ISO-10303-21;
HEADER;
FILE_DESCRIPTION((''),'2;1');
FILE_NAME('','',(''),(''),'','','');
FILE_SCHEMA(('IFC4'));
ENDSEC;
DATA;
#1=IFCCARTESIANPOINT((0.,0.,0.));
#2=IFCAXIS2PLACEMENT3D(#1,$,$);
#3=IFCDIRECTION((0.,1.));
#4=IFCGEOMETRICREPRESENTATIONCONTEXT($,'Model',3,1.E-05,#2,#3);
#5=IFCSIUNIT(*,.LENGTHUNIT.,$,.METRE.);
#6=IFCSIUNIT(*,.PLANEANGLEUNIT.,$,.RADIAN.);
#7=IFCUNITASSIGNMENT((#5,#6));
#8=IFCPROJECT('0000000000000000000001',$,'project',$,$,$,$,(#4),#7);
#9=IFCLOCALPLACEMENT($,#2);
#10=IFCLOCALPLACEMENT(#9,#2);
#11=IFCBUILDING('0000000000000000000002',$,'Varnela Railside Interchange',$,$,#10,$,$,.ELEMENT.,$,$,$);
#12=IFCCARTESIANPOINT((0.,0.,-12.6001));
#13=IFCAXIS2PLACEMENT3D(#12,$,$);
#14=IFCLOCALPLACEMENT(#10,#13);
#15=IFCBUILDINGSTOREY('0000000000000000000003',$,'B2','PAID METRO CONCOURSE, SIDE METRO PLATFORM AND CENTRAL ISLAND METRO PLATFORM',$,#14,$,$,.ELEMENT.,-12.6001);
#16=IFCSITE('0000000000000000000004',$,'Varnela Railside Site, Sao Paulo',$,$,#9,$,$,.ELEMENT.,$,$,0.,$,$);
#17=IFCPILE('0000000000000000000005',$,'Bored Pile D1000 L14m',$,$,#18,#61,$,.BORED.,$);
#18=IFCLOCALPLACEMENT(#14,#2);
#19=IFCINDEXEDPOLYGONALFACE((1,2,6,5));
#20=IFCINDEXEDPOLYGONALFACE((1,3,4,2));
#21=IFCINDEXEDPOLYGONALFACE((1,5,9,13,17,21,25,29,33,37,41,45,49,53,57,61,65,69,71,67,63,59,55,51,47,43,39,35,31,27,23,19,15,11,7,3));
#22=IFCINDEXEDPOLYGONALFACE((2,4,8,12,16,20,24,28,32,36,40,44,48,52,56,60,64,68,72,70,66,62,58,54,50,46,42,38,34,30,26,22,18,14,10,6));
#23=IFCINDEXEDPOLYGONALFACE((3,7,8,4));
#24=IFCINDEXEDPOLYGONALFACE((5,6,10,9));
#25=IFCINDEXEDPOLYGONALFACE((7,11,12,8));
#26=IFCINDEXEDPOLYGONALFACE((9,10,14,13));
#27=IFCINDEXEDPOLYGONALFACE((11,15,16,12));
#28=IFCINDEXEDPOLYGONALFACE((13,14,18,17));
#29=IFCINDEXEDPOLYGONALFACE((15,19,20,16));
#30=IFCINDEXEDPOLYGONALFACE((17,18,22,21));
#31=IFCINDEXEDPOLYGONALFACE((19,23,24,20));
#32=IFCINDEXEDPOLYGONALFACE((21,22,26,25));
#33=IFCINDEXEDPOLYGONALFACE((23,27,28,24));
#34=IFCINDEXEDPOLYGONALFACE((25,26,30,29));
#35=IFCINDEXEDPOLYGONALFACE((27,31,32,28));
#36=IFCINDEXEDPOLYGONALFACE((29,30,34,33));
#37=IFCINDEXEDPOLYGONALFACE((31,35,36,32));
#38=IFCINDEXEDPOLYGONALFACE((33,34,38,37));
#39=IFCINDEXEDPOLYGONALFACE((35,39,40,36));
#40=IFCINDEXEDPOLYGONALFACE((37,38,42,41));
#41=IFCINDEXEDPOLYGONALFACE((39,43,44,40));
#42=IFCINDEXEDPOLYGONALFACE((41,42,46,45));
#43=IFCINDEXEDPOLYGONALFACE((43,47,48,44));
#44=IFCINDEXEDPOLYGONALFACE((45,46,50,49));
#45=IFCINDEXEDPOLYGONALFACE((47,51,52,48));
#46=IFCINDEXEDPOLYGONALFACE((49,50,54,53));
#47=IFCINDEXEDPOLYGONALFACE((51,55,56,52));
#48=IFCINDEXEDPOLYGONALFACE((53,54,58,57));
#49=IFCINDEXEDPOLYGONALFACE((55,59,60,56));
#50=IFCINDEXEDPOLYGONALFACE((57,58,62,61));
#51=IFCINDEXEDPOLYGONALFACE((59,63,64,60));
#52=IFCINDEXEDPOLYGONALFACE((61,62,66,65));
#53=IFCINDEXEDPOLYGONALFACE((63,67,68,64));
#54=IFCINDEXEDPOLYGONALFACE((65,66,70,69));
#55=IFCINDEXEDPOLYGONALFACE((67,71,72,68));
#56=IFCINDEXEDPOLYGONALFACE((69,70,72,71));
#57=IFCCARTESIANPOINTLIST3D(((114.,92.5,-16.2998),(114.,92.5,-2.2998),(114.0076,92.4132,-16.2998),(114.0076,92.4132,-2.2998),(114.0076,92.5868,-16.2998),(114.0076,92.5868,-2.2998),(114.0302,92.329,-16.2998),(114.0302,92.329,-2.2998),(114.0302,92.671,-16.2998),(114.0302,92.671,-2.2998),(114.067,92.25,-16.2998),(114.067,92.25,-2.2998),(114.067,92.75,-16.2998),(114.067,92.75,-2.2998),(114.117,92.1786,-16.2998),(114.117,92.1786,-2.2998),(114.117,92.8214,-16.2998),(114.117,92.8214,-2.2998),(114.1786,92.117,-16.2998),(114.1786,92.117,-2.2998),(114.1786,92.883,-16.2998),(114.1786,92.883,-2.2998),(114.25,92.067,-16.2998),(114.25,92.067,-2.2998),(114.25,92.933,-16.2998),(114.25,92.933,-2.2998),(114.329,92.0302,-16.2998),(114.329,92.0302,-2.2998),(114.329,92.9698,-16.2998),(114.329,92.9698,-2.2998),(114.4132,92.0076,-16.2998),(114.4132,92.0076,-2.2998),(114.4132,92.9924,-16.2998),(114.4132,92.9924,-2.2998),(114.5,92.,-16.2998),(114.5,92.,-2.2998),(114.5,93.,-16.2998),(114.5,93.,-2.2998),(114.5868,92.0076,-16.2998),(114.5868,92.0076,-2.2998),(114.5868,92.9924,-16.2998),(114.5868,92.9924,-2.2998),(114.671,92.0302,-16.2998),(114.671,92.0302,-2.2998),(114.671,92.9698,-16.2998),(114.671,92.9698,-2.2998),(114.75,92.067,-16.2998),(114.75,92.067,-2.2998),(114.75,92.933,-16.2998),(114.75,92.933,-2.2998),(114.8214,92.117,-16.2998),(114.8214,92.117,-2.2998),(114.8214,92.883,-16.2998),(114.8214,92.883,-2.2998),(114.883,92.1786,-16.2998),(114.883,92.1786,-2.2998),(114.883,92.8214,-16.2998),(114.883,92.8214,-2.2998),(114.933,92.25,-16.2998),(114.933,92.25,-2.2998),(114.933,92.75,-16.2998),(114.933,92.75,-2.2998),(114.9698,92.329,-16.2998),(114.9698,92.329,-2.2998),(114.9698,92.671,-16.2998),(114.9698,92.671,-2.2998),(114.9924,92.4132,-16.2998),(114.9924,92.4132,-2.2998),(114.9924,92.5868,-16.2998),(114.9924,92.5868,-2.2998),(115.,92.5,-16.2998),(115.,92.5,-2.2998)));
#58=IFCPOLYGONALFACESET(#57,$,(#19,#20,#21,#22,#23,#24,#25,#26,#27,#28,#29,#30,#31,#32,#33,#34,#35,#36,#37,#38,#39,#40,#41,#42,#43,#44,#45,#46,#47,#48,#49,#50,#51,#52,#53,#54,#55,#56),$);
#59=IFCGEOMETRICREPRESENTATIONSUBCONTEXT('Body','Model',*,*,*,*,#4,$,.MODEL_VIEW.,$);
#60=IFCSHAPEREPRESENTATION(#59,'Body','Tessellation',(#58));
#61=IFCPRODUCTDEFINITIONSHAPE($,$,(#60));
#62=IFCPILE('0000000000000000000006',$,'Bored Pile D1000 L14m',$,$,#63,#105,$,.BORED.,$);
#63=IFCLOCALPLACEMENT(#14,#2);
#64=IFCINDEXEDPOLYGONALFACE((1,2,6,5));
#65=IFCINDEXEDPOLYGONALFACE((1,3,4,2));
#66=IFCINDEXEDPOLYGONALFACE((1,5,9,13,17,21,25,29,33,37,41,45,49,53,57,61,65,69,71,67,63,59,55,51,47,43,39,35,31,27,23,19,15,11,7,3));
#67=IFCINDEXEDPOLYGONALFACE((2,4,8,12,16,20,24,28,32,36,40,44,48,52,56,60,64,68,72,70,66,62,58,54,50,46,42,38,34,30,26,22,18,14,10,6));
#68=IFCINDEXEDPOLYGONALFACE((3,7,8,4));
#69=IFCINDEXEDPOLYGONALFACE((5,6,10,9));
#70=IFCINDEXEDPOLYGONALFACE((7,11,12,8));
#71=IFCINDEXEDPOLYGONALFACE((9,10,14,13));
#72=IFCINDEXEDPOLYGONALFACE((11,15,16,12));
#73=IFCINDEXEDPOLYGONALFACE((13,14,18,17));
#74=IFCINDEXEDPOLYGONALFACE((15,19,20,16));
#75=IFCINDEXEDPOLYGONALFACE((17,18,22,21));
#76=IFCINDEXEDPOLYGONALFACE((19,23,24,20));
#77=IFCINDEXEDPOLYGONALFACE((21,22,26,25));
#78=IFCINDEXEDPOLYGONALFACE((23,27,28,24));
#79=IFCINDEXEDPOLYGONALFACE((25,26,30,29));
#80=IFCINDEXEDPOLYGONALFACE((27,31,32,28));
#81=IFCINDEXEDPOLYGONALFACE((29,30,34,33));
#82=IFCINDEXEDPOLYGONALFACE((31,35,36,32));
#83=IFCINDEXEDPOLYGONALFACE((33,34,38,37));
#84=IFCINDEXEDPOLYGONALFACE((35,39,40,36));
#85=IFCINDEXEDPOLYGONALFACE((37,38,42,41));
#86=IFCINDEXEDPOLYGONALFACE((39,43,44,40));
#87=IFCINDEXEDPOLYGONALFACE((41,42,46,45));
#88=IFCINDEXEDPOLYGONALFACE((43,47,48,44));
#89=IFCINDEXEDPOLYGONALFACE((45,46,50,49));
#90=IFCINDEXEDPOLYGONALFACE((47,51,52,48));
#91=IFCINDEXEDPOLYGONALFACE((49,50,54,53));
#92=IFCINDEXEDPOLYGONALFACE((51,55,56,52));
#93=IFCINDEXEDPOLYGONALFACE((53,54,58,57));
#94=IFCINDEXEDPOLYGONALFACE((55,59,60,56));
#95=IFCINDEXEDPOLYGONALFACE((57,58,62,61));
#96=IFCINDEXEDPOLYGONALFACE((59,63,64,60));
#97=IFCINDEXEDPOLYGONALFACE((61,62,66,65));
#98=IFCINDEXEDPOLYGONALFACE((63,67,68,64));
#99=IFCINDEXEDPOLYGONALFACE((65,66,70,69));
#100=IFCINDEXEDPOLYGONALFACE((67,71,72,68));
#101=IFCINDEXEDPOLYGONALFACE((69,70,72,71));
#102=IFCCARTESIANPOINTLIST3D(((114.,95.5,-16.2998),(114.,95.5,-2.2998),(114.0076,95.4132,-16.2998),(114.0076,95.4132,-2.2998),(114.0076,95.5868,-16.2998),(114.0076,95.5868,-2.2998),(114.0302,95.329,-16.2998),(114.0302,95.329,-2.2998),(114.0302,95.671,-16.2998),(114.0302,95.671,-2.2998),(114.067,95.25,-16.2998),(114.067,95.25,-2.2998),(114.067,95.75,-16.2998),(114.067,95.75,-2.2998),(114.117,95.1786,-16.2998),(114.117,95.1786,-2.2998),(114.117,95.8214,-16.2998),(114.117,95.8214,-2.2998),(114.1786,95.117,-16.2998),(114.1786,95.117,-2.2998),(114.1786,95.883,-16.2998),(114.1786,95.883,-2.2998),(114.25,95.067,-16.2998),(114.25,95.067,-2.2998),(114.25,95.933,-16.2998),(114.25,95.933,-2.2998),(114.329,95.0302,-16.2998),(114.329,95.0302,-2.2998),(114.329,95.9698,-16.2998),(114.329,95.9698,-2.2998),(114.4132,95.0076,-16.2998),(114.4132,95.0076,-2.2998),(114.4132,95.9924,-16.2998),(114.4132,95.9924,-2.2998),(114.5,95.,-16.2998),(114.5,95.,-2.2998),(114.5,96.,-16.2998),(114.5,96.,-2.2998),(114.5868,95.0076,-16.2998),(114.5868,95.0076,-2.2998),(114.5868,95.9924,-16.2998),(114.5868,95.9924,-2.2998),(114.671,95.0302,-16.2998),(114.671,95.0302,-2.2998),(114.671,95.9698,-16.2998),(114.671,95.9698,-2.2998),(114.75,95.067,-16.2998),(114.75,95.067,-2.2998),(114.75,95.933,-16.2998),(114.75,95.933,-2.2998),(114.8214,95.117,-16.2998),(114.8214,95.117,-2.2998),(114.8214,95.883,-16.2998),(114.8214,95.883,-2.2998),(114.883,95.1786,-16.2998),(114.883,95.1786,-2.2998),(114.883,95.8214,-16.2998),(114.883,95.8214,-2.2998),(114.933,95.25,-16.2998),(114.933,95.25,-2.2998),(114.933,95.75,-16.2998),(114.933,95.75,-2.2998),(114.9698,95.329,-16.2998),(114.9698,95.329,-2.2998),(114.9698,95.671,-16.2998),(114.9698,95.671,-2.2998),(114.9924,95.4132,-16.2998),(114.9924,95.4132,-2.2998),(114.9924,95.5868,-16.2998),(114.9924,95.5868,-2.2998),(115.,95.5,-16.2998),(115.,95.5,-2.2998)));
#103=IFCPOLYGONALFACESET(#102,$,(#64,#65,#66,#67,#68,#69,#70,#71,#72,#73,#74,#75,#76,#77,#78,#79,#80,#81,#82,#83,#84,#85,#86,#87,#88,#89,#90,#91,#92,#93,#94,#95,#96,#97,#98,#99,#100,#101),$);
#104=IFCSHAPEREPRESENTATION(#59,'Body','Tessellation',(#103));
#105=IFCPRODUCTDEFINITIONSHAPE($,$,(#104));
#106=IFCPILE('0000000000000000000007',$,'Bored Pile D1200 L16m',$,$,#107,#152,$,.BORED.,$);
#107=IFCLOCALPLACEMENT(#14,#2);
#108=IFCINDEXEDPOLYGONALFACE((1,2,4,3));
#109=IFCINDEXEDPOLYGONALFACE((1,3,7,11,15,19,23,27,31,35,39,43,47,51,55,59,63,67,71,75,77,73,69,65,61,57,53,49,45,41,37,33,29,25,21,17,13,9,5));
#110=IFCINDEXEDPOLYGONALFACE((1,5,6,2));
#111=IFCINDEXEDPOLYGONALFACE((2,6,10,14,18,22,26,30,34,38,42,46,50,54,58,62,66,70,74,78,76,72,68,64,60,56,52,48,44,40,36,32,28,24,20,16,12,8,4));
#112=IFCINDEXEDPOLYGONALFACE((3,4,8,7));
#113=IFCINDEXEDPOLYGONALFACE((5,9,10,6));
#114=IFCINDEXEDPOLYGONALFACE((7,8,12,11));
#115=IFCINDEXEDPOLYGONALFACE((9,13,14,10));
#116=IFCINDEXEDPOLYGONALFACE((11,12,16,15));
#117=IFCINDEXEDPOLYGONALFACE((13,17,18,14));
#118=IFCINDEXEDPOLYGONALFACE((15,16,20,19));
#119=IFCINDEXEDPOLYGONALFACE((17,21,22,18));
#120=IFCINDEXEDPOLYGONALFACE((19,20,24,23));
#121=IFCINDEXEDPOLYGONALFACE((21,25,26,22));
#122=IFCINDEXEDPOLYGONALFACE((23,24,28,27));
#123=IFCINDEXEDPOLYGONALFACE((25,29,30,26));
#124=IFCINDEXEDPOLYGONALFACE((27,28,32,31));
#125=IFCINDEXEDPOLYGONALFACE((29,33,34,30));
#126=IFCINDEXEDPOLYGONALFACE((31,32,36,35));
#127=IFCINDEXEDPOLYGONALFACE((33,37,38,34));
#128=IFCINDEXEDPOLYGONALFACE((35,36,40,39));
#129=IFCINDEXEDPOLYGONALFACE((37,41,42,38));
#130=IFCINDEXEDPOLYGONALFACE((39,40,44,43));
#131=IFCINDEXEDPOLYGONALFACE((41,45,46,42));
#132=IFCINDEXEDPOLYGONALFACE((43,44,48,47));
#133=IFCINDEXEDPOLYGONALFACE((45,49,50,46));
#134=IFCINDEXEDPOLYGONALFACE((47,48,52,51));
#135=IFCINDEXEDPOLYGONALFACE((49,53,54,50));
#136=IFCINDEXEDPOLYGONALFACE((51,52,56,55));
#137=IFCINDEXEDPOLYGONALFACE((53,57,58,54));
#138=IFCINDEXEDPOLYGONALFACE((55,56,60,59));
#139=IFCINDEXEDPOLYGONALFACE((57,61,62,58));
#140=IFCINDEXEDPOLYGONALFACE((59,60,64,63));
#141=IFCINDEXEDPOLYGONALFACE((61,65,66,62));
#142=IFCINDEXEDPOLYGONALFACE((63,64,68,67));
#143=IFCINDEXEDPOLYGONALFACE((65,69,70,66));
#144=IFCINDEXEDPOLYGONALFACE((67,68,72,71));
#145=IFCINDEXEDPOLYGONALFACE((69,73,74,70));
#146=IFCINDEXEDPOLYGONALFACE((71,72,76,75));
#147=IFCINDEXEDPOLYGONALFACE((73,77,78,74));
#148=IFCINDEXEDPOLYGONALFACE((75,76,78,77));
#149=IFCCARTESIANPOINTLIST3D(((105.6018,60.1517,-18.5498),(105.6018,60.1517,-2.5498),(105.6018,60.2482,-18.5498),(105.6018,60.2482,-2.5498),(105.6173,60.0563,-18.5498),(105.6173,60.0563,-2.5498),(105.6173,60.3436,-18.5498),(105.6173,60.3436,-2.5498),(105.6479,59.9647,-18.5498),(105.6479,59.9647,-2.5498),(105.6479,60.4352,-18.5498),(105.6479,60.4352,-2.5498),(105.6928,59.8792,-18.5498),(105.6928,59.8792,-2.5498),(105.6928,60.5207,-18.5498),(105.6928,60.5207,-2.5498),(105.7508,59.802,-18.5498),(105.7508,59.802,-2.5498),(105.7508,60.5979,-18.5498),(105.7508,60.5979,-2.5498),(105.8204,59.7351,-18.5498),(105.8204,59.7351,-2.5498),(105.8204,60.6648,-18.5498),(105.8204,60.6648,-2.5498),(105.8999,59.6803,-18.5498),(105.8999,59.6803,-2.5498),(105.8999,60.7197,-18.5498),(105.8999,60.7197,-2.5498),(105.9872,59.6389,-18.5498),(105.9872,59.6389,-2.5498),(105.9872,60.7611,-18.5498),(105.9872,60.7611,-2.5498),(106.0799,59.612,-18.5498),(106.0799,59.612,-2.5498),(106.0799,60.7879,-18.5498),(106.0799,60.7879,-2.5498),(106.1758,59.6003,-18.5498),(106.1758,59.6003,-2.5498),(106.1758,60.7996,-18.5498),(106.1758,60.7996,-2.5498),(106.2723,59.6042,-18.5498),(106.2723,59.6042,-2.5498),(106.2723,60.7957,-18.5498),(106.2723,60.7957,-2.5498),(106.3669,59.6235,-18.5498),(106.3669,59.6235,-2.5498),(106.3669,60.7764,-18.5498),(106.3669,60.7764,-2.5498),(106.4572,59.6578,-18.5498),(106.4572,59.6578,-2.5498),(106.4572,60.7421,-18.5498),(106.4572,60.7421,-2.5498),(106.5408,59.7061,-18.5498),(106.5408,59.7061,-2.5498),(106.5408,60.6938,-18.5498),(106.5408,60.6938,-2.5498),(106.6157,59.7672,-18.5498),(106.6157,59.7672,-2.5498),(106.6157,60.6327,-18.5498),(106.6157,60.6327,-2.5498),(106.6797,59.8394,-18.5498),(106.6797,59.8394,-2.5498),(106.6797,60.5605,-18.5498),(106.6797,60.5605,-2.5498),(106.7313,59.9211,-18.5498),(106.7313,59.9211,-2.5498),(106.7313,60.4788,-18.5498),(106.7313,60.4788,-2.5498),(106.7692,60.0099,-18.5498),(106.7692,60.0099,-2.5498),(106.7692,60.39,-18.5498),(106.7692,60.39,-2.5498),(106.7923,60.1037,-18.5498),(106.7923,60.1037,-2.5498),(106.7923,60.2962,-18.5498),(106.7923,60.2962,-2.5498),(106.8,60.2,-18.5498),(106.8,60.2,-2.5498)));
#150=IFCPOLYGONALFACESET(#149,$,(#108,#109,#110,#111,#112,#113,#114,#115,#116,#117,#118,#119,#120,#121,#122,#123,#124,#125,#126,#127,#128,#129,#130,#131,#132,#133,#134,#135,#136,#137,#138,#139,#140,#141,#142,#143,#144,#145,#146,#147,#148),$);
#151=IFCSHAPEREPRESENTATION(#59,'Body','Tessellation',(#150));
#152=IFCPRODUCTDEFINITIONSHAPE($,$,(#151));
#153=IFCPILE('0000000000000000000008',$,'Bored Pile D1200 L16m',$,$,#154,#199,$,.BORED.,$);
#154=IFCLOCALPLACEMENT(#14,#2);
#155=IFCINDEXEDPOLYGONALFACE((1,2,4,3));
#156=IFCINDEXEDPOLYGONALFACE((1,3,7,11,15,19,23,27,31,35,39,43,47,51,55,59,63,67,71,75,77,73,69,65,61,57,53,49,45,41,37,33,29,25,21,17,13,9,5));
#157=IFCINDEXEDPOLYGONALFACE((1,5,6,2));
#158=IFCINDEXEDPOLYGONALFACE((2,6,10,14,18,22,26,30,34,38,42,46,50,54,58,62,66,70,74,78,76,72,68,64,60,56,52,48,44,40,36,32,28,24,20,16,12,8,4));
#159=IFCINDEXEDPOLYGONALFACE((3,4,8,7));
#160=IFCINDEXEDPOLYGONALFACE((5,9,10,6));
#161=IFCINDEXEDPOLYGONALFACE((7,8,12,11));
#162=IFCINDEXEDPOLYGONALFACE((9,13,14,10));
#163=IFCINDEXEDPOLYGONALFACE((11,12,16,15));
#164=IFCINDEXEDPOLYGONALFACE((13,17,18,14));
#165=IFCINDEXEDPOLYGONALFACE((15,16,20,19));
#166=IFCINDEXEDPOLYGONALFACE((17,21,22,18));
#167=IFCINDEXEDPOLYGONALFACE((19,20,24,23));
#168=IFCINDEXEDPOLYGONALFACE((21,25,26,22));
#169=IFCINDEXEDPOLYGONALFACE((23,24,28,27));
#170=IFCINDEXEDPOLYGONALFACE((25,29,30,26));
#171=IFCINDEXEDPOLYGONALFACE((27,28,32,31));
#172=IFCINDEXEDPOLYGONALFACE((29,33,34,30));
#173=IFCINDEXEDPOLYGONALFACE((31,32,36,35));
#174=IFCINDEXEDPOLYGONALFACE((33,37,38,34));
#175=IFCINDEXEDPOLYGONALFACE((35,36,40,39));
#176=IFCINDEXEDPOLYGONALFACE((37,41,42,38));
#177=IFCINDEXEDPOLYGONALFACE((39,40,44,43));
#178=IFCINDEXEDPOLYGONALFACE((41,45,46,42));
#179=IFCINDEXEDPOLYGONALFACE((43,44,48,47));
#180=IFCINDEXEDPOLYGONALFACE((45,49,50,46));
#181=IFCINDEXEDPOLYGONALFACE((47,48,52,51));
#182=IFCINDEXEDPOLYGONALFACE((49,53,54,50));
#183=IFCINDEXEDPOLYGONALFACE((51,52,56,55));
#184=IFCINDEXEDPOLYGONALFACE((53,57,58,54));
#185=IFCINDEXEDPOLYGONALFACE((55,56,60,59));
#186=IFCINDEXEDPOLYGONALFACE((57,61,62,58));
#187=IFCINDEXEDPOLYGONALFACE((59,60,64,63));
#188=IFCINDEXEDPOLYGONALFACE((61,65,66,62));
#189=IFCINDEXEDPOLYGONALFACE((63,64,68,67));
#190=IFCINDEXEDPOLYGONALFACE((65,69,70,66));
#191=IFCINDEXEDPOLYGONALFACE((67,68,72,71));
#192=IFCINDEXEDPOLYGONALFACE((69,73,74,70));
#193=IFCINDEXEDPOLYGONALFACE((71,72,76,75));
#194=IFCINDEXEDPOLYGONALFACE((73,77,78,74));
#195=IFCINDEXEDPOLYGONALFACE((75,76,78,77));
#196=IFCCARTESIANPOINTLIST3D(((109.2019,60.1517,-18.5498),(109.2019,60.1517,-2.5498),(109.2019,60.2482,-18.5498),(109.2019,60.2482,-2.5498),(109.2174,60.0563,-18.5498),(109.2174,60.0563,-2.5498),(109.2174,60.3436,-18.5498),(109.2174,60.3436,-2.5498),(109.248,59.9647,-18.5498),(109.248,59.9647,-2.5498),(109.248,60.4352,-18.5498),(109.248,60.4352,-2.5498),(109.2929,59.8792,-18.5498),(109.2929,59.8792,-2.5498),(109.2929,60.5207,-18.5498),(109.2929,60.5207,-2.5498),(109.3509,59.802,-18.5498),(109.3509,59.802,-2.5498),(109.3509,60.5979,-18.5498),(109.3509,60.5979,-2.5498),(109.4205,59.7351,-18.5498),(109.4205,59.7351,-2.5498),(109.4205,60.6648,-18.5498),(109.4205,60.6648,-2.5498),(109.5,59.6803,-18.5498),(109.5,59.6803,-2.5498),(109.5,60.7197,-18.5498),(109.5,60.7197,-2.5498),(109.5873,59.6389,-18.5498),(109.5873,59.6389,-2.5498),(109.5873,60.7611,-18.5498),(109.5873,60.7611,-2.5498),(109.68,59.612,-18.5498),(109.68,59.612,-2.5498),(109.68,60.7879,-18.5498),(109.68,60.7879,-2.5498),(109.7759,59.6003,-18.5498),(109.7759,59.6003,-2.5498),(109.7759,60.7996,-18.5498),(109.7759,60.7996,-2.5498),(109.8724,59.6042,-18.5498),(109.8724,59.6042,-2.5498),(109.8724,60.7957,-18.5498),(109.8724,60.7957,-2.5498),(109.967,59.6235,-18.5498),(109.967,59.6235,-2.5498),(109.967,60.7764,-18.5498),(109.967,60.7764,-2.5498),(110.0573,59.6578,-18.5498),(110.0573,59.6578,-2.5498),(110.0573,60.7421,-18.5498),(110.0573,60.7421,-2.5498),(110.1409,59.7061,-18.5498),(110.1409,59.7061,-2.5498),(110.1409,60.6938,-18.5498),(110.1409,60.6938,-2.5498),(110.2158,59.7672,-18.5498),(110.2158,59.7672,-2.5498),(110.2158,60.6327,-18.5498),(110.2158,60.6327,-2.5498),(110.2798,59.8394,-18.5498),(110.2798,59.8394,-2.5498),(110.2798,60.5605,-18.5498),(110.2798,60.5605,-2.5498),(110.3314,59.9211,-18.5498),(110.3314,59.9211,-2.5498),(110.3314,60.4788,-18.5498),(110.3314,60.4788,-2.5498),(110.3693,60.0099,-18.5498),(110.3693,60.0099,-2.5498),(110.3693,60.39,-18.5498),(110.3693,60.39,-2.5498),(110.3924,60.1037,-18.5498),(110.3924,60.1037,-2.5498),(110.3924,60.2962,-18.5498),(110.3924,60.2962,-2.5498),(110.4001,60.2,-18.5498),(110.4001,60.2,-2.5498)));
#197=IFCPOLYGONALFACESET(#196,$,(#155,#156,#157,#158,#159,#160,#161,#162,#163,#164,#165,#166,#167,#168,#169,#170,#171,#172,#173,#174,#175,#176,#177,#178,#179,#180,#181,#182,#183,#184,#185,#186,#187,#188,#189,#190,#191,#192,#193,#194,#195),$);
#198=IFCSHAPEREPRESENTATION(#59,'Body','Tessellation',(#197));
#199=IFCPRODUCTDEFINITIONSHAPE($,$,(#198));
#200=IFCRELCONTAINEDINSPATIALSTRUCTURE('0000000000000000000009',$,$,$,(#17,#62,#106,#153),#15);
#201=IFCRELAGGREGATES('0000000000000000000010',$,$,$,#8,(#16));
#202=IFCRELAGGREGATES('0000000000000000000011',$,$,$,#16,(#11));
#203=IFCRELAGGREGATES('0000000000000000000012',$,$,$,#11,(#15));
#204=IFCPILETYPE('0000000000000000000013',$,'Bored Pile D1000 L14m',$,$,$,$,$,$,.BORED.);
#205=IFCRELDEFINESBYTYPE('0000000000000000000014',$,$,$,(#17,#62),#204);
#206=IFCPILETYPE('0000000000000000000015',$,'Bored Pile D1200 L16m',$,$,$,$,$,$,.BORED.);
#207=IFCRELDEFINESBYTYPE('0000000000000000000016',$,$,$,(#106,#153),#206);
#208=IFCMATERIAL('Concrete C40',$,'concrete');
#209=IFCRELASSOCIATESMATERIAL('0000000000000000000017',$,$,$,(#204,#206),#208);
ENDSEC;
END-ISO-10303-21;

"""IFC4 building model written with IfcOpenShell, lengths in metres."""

from ifc_helpers import new_model, si_unit, direction, frame, origin, origin_2d, place, context, subcontext, project, spatial, circle, extrude, material, material_profile, profile_set, type_object, element, save


model = new_model("IFC4")

# Units and contexts
model_context = context("Model", 3, precision=1e-05, world=origin(), true_north=direction((0.0, 1.0)))
body_context = subcontext(model_context, "Body", "Model", "MODEL_VIEW")
ifc_project = project(units=[si_unit("LENGTHUNIT", "METRE"), si_unit("PLANEANGLEUNIT", "RADIAN")], contexts=[model_context])

# Site, building, storey
site_placement = place(None, origin())
site = spatial("IfcSite", under=ifc_project, at=site_placement, Name="Varnela Railside Site, Sao Paulo", CompositionType="ELEMENT", RefElevation=0.0)
building_placement = place(site_placement, origin())
building = spatial("IfcBuilding", under=site, at=building_placement, Name="Varnela Railside Interchange", CompositionType="ELEMENT")
storey_placement = place(building_placement, frame((0.0, 0.0, -12.6001)))
storey = spatial("IfcBuildingStorey", under=building, at=storey_placement, Name="B2", Description="PAID METRO CONCOURSE, SIDE METRO PLATFORM AND CENTRAL ISLAND METRO PLATFORM", CompositionType="ELEMENT", Elevation=-12.6001)

# Piles
ifc_material_1 = material(Name="Concrete C40", Category="concrete")
ifc_material_profile_1 = material_profile(ifc_material_1, circle(Radius=0.5, at=origin_2d()), Name="BORED PILE D1000")
ifc_profile_set_1 = profile_set([ifc_material_profile_1], Name="Concrete C40")
pile_type_1 = type_object("IfcPileType", Name="Bored Pile D1000 L14m", PredefinedType="BORED", material=ifc_profile_set_1)
for number, where, z_axis, x_axis, name in (
    (1, (114.5, 92.5, -2.2998), (0.0, 0.0, -1.0), (1.0, 0.0, 0.0), "Bored Pile D1000 L14m"),
    (2, (114.5, 95.5, -2.2998), (0.0, 0.0, -1.0), (1.0, 0.0, 0.0), "Bored Pile D1000 L14m"),
):
    element("IfcPile", number, at=place(storey_placement, frame(where, z_axis=z_axis, x_axis=x_axis)), inside=storey, type_object=pile_type_1, Name=name, PredefinedType="BORED", context=body_context, shape_type="SweptSolid", body=[
        extrude(circle(Radius=0.5, at=origin_2d()), origin(), (0.0, 0.0, 1.0), 14.0),
    ])
ifc_material_profile_2 = material_profile(ifc_material_1, circle(Radius=0.6001, at=origin_2d()), Name="BORED PILE D1200")
ifc_profile_set_2 = profile_set([ifc_material_profile_2], Name="Concrete C40")
pile_type_2 = type_object("IfcPileType", Name="Bored Pile D1200 L16m", PredefinedType="BORED", material=ifc_profile_set_2)
for number, where, z_axis, x_axis, name in (
    (3, (106.2, 60.2, -2.5498), (0.0, 0.0, -1.0), (1.0, 0.0, 0.0), "Bored Pile D1200 L16m"),
    (4, (109.8, 60.2, -2.5498), (0.0, 0.0, -1.0), (1.0, 0.0, 0.0), "Bored Pile D1200 L16m"),
):
    element("IfcPile", number, at=place(storey_placement, frame(where, z_axis=z_axis, x_axis=x_axis)), inside=storey, type_object=pile_type_2, Name=name, PredefinedType="BORED", context=body_context, shape_type="SweptSolid", body=[
        extrude(circle(Radius=0.6001, at=origin_2d()), origin(), (0.0, 0.0, 1.0), 16.0),
    ])

save(model, "model.ifc")
